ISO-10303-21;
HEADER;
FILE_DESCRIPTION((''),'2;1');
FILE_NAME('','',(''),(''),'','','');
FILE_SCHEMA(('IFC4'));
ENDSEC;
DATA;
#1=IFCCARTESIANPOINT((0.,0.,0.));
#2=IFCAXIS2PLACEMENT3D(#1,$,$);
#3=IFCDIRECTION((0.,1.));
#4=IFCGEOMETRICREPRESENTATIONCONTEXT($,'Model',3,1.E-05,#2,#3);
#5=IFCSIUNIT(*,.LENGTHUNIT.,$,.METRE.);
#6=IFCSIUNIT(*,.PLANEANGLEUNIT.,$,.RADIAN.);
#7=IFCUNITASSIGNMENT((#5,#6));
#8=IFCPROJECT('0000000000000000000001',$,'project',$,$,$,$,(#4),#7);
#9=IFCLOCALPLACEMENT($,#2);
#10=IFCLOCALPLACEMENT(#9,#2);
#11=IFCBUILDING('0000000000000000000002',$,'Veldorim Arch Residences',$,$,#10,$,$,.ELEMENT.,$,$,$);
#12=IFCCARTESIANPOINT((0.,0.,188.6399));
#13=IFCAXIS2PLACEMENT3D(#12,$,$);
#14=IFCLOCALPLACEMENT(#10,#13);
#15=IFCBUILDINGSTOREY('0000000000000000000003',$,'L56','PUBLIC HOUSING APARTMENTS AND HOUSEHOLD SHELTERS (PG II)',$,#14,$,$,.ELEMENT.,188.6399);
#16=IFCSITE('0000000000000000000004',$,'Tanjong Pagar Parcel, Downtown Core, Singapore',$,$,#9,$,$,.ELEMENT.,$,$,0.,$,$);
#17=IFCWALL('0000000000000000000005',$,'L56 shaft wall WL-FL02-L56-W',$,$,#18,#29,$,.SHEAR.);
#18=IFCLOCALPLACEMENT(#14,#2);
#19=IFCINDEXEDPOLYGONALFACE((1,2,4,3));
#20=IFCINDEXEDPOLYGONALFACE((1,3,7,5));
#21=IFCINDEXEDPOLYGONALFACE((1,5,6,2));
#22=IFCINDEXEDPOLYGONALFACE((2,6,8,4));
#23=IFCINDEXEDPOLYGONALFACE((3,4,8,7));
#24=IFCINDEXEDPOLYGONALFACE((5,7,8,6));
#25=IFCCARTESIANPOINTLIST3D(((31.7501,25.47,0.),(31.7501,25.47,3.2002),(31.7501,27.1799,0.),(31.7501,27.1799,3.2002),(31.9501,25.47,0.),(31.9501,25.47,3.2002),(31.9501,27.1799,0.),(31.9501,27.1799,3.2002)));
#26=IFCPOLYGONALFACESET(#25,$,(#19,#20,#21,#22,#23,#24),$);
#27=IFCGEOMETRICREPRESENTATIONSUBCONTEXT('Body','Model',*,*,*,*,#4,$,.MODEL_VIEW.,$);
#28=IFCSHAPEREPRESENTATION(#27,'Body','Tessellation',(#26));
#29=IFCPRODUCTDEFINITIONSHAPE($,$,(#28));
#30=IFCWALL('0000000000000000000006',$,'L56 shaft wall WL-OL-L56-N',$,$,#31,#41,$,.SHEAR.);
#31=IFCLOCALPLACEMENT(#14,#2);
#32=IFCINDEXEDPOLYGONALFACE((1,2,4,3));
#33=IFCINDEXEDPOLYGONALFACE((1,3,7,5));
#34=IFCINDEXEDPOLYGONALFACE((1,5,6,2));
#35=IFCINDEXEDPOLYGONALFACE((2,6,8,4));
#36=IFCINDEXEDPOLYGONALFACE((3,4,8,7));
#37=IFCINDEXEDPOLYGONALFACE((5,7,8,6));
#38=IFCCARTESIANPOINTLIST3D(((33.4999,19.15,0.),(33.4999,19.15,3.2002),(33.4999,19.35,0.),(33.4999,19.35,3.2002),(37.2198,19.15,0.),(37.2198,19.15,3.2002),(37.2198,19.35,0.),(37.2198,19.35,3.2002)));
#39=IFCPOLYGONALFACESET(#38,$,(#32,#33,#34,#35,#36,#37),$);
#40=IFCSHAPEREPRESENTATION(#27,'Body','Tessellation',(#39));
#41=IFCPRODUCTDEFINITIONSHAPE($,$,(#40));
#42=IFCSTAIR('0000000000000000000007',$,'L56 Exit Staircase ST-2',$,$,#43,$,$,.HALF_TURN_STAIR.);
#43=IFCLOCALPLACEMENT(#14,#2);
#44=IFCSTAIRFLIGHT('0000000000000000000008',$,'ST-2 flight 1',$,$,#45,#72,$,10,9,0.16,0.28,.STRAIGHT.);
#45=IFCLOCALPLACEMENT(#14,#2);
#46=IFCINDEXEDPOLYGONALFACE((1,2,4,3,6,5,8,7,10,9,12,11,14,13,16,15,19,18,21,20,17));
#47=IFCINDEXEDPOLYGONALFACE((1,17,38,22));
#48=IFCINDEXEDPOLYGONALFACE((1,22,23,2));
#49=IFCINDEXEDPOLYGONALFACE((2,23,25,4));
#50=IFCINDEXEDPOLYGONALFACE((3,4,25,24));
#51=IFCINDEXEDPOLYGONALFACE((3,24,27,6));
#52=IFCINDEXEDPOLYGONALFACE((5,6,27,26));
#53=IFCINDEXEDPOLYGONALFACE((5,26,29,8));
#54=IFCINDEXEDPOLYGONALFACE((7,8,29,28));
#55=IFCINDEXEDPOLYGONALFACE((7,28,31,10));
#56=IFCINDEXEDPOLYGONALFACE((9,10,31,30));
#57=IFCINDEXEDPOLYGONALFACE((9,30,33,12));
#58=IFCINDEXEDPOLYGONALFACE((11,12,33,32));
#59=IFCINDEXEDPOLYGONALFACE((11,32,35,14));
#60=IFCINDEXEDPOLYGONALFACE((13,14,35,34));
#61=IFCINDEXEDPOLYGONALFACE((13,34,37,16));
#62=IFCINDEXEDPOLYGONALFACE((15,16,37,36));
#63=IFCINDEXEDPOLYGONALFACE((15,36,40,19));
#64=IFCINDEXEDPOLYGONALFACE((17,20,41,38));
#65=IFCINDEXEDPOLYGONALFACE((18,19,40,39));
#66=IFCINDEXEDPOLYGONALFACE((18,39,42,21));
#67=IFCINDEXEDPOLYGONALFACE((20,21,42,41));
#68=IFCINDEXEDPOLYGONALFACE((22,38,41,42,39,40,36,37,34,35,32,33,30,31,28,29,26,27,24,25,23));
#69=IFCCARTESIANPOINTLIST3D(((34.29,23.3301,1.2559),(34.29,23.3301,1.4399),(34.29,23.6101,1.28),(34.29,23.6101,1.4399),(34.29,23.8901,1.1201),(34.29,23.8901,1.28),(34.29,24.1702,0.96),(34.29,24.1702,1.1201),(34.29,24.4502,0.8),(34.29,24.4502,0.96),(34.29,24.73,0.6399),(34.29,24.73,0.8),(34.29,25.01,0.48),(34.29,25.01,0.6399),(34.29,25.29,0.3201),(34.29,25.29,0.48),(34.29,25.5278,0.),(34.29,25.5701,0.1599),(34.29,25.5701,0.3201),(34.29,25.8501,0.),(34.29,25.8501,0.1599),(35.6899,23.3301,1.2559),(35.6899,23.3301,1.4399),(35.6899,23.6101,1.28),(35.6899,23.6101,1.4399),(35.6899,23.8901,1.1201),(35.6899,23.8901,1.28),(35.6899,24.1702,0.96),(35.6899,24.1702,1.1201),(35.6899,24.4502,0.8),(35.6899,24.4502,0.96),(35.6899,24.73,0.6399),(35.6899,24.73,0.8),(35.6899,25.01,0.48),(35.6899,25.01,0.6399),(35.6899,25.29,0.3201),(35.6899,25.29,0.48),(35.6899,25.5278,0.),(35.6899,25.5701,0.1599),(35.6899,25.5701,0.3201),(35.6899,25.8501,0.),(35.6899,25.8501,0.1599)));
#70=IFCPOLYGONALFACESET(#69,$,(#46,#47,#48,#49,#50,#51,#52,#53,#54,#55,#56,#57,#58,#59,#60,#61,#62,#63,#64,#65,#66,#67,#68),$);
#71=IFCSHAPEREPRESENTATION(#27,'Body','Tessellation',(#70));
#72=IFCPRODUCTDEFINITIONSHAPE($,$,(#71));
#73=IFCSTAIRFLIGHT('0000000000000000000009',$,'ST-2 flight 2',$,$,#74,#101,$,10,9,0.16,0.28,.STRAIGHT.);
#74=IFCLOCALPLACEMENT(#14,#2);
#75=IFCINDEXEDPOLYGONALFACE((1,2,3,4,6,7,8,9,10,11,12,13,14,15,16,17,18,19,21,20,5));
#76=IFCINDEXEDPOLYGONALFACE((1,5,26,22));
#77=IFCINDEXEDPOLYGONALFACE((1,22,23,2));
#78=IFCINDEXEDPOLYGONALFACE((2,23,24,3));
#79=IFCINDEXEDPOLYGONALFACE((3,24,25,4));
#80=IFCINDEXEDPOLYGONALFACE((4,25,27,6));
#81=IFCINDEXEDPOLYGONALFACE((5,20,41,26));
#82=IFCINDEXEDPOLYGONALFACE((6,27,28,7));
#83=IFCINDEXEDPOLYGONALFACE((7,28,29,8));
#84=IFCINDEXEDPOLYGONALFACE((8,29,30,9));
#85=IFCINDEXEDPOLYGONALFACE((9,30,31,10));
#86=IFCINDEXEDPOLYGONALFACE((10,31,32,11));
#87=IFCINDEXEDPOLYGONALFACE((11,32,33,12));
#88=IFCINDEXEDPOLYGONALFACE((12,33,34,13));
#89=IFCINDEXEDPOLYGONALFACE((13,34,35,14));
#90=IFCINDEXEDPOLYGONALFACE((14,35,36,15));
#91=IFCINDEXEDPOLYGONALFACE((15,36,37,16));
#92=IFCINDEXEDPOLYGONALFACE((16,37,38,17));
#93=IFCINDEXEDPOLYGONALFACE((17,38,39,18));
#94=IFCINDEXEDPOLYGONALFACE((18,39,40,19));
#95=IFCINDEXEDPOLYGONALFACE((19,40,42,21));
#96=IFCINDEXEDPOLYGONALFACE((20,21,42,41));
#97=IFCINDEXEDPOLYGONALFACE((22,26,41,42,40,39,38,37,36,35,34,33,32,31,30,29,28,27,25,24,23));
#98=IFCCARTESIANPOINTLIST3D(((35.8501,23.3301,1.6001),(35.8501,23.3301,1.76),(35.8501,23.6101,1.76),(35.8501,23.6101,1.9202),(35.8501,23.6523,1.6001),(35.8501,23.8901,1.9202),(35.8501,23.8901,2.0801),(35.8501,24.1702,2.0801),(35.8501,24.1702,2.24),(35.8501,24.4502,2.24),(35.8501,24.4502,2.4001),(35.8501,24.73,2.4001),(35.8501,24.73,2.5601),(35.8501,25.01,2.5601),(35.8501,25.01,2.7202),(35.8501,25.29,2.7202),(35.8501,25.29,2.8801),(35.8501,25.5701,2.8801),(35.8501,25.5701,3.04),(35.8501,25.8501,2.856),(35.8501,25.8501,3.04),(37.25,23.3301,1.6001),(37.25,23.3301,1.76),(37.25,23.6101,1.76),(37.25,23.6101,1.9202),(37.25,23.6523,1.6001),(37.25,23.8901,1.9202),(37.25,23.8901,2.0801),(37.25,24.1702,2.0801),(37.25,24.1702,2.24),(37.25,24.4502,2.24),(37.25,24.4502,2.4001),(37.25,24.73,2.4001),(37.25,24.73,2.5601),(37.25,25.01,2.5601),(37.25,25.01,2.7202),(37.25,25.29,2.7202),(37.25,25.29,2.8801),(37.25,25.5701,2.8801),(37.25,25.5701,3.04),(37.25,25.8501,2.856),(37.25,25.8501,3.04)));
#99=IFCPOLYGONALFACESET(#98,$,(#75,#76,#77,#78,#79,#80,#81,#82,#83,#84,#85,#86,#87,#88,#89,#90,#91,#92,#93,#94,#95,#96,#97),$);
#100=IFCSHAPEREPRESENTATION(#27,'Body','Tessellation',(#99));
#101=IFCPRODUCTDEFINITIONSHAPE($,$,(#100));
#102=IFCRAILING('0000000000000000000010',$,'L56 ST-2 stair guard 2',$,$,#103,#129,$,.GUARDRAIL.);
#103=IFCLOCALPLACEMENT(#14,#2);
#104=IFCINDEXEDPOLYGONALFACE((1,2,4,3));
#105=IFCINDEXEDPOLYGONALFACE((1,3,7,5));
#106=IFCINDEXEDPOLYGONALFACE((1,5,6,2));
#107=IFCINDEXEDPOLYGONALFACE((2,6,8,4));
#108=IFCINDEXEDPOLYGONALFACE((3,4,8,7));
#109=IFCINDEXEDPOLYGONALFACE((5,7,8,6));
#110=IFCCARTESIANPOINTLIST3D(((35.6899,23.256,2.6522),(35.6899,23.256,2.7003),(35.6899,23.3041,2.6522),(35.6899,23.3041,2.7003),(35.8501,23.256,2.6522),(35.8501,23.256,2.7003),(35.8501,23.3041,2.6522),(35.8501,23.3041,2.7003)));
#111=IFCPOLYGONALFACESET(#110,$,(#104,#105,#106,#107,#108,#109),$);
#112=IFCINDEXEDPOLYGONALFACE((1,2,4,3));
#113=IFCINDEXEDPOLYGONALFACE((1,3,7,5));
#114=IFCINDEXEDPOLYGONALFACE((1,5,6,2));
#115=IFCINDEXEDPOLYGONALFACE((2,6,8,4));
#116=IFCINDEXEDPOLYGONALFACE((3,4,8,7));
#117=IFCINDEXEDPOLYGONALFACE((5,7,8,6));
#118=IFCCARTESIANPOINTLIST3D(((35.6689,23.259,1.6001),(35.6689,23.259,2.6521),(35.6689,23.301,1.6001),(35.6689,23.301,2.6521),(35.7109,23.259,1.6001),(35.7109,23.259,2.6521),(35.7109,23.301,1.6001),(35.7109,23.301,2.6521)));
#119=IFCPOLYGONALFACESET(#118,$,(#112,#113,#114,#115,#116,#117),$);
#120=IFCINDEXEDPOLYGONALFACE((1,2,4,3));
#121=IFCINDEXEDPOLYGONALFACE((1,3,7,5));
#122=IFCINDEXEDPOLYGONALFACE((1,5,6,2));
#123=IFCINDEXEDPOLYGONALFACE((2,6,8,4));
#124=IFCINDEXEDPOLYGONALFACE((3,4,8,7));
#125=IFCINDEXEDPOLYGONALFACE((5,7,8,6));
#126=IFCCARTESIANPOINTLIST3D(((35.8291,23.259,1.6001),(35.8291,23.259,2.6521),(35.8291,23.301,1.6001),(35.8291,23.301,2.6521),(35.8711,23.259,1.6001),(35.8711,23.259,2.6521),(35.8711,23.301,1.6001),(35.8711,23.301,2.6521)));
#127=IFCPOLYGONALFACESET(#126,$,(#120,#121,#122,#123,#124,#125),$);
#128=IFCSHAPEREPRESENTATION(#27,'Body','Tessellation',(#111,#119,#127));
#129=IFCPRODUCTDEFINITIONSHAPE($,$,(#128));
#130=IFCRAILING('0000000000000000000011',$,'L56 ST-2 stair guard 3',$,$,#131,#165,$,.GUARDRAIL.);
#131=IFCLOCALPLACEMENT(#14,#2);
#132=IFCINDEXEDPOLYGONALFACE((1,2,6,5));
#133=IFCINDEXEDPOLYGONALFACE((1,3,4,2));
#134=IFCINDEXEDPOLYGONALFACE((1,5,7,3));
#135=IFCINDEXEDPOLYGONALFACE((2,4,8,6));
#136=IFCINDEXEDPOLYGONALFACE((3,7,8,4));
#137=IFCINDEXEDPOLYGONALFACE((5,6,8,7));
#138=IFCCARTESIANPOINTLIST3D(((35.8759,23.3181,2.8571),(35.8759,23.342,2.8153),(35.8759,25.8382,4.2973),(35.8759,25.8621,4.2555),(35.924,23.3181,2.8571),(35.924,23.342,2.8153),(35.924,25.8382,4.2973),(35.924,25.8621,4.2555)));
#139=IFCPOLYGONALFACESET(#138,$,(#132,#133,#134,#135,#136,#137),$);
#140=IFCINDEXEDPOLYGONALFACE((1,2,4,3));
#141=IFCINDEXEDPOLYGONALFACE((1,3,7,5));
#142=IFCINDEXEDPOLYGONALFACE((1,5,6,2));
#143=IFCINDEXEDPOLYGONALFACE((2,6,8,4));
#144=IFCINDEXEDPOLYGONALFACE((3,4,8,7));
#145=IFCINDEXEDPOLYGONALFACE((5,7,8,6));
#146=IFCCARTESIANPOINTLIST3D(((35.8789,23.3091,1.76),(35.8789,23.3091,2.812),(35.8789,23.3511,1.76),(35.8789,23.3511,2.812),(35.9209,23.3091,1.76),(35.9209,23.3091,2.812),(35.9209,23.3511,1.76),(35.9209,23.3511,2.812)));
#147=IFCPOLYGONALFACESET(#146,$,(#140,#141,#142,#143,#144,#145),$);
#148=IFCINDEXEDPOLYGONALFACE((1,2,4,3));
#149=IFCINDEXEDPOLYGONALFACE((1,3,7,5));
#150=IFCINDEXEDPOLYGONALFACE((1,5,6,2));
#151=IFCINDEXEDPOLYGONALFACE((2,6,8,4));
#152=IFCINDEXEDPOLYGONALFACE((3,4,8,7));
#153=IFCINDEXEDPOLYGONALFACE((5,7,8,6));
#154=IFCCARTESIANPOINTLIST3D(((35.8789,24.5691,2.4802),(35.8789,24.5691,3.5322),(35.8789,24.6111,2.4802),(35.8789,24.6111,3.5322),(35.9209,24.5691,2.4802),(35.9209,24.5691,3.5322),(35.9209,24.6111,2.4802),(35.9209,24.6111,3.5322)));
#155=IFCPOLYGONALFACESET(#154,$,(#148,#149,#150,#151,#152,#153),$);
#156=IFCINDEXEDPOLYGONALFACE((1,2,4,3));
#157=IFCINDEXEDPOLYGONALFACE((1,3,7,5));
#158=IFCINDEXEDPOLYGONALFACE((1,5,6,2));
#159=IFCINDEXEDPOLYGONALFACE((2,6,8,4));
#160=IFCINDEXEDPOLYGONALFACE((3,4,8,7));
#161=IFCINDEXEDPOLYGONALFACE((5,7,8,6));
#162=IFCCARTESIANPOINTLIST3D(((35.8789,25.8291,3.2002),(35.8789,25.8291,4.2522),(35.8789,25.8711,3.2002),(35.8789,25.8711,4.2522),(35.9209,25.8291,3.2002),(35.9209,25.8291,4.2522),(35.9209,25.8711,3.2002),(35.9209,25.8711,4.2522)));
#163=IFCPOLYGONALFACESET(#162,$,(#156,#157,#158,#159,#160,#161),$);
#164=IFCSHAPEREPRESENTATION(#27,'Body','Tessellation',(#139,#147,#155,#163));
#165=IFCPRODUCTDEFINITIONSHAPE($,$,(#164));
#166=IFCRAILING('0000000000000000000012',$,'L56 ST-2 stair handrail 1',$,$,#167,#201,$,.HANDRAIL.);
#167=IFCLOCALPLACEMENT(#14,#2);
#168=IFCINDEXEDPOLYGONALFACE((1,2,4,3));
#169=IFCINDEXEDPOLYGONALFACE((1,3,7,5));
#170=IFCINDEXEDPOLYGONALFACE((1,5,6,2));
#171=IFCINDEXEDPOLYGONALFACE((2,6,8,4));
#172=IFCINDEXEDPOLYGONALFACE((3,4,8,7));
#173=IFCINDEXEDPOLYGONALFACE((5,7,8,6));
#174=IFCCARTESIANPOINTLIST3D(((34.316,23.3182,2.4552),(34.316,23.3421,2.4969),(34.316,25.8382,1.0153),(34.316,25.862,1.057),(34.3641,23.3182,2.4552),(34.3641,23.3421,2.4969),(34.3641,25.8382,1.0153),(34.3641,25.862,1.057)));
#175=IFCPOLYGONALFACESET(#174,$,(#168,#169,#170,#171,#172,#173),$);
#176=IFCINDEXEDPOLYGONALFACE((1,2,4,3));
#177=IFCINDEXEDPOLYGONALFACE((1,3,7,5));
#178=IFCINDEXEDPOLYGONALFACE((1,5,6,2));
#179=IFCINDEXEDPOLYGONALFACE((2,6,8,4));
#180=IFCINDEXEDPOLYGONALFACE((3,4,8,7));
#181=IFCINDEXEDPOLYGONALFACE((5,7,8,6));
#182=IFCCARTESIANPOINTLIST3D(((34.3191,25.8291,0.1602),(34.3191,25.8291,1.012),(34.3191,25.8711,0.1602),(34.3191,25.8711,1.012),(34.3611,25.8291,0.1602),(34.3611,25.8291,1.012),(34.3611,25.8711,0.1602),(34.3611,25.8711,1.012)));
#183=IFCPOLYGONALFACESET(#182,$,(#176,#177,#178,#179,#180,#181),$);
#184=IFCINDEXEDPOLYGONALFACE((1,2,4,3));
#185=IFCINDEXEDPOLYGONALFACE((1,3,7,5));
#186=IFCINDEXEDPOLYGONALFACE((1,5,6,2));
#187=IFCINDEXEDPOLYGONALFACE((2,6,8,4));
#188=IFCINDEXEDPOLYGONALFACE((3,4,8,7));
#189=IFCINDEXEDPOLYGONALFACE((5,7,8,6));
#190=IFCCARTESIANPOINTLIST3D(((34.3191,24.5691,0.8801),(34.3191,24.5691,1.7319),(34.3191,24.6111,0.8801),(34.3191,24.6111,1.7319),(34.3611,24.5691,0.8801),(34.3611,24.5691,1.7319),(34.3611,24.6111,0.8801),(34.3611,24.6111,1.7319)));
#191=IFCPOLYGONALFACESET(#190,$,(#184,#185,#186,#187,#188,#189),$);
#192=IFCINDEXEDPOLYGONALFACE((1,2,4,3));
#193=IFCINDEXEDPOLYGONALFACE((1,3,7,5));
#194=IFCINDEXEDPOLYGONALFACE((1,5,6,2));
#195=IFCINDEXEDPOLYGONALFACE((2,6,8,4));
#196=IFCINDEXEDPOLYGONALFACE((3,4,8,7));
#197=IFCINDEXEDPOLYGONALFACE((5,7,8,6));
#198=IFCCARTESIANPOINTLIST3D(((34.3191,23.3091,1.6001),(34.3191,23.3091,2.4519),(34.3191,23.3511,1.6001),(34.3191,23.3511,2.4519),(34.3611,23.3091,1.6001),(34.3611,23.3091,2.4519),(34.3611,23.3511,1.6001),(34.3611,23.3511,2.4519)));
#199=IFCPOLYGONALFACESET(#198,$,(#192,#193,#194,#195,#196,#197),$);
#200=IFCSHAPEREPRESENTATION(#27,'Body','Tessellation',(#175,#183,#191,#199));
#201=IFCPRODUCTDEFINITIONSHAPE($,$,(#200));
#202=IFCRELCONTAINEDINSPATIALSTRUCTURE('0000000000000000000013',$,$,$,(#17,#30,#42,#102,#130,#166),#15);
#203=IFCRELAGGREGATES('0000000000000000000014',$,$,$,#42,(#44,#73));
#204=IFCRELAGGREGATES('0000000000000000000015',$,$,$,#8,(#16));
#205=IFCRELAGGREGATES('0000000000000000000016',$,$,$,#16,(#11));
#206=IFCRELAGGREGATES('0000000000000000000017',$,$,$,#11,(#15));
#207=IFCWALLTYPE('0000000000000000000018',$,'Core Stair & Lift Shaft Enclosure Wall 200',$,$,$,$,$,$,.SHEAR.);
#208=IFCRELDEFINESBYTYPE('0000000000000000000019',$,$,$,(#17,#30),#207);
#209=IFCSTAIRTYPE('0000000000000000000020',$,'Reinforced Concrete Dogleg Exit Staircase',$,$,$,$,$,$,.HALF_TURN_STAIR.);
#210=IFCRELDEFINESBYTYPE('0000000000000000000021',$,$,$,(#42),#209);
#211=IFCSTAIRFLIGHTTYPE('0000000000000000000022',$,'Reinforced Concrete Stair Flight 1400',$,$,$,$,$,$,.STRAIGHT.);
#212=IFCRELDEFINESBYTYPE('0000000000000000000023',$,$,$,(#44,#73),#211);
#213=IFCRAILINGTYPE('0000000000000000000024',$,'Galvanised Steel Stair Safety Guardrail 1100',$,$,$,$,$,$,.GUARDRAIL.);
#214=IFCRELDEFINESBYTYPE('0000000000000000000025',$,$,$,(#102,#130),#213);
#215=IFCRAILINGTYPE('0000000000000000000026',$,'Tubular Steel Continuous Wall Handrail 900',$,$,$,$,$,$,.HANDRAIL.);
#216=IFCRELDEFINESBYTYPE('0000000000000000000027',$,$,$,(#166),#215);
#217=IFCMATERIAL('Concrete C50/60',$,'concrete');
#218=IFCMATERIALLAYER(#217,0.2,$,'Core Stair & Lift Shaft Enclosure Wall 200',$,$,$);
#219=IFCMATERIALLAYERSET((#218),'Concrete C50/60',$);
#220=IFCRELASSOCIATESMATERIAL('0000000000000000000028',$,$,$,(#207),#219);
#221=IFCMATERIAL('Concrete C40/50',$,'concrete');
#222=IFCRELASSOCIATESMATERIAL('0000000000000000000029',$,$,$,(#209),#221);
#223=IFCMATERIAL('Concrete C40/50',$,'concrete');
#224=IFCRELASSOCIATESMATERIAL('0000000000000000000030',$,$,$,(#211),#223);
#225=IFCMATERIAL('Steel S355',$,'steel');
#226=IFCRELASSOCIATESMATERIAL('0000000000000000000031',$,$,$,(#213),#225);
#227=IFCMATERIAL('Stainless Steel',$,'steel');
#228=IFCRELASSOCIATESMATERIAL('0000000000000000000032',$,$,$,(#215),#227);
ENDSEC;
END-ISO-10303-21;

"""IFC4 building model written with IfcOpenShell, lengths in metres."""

from ifc_helpers import new_model, si_unit, direction, frame, frame_2d, origin, origin_2d, place, context, subcontext, project, spatial, polyline, rectangle, outline, extrude, material, layer, layer_set, type_object, element, aggregate, save


model = new_model("IFC4")

# Units and contexts
model_context = context("Model", 3, precision=1e-05, world=origin(), true_north=direction((0.0, 1.0)))
body_context = subcontext(model_context, "Body", "Model", "MODEL_VIEW")
ifc_project = project(units=[si_unit("LENGTHUNIT", "METRE"), si_unit("PLANEANGLEUNIT", "RADIAN")], contexts=[model_context])

# Site, building, storey
site_placement = place(None, origin())
site = spatial("IfcSite", under=ifc_project, at=site_placement, Name="Tanjong Pagar Parcel, Downtown Core, Singapore", CompositionType="ELEMENT", RefElevation=0.0)
building_placement = place(site_placement, origin())
building = spatial("IfcBuilding", under=site, at=building_placement, Name="Veldorim Arch Residences", CompositionType="ELEMENT")
storey_placement = place(building_placement, frame((0.0, 0.0, 188.6399)))
storey = spatial("IfcBuildingStorey", under=building, at=storey_placement, Name="L56", Description="PUBLIC HOUSING APARTMENTS AND HOUSEHOLD SHELTERS (PG II)", CompositionType="ELEMENT", Elevation=188.6399)

# Walls
ifc_material_1 = material(Name="Concrete C50/60", Category="concrete")
ifc_layer_1 = layer(ifc_material_1, 0.2, Name="Core Stair & Lift Shaft Enclosure Wall 200")
ifc_layer_set_1 = layer_set([ifc_layer_1], Name="Concrete C50/60")
wall_type_1 = type_object("IfcWallType", Name="Core Stair & Lift Shaft Enclosure Wall 200", PredefinedType="SHEAR", material=ifc_layer_set_1)
wall_1_placement = place(storey_placement, frame((31.8501, 25.47, 0.0), z_axis=(0.0, 0.0, 1.0), x_axis=(0.0, 1.0, 0.0)))
element("IfcWall", 1, at=wall_1_placement, inside=storey, type_object=wall_type_1, Name="L56 shaft wall WL-FL02-L56-W", PredefinedType="SHEAR", context=body_context, shape_type="SweptSolid", body=[
    extrude(rectangle(XDim=1.71, YDim=0.2, at=frame_2d((0.855, 0.0))), origin(), (0.0, 0.0, 1.0), 3.2002),
])
wall_2_placement = place(storey_placement, frame((33.5, 19.25, 0.0), z_axis=(0.0, 0.0, 1.0), x_axis=(1.0, 0.0, 0.0)))
element("IfcWall", 2, at=wall_2_placement, inside=storey, type_object=wall_type_1, Name="L56 shaft wall WL-OL-L56-N", PredefinedType="SHEAR", context=body_context, shape_type="SweptSolid", body=[
    extrude(rectangle(XDim=3.72, YDim=0.2, at=frame_2d((1.8599, 0.0))), origin(), (0.0, 0.0, 1.0), 3.2002),
])

# Stair, stair flights
ifc_material_2 = material(Name="Concrete C40/50", Category="concrete")
stair_type = type_object("IfcStairType", Name="Reinforced Concrete Dogleg Exit Staircase", PredefinedType="HALF_TURN_STAIR", material=ifc_material_2)
stair_placement = place(storey_placement, origin())
stair = element("IfcStair", 3, at=stair_placement, inside=storey, type_object=stair_type, Name="L56 Exit Staircase ST-2", PredefinedType="HALF_TURN_STAIR")
ifc_material_3 = material(Name="Concrete C40/50", Category="concrete")
stair_flight_type = type_object("IfcStairFlightType", Name="Reinforced Concrete Stair Flight 1400", PredefinedType="STRAIGHT", material=ifc_material_3)
stair_flight_1_placement = place(storey_placement, frame((34.99, 25.8501, 0.0), z_axis=(0.0, 0.0, 1.0), x_axis=(0.0, -1.0, 0.0)))
stair_flight_1 = element("IfcStairFlight", 4, at=stair_flight_1_placement, type_object=stair_flight_type, Name="ST-2 flight 1", NumberOfRisers=10, NumberOfTreads=9, PredefinedType="STRAIGHT", RiserHeight=0.16, TreadLength=0.28, context=body_context, shape_type="SweptSolid", body=[
    extrude(outline(polyline([(0.0, 0.0), (0.0, 0.1599), (0.28, 0.1599), (0.28, 0.3201), (0.5601, 0.3201), (0.5601, 0.48), (0.8401, 0.48), (0.8401, 0.6399), (1.1201, 0.6399), (1.1201, 0.8), (1.3999, 0.8), (1.3999, 0.96), (1.6799, 0.96), (1.6799, 1.1201), (1.96, 1.1201), (1.96, 1.28), (2.24, 1.28), (2.24, 1.4399), (2.52, 1.4399), (2.52, 1.6001), (2.52, 1.2559), (0.3223, 0.0), (0.0, 0.0)])), frame((0.0, 0.7, 0.0), z_axis=(0.0, -1.0, 0.0), x_axis=(1.0, 0.0, 0.0)), (0.0, 0.0, 1.0), 1.3999),
])
stair_flight_2_placement = place(storey_placement, frame((36.55, 23.3301, 1.6001), z_axis=(0.0, 0.0, 1.0), x_axis=(0.0, 1.0, 0.0)))
stair_flight_2 = element("IfcStairFlight", 5, at=stair_flight_2_placement, type_object=stair_flight_type, Name="ST-2 flight 2", NumberOfRisers=10, NumberOfTreads=9, PredefinedType="STRAIGHT", RiserHeight=0.16, TreadLength=0.28, context=body_context, shape_type="SweptSolid", body=[
    extrude(outline(polyline([(0.0, 0.0), (0.0, 0.1599), (0.28, 0.1599), (0.28, 0.3201), (0.5601, 0.3201), (0.5601, 0.48), (0.8401, 0.48), (0.8401, 0.6399), (1.1201, 0.6399), (1.1201, 0.8), (1.3999, 0.8), (1.3999, 0.96), (1.6799, 0.96), (1.6799, 1.1201), (1.96, 1.1201), (1.96, 1.28), (2.24, 1.28), (2.24, 1.4399), (2.52, 1.4399), (2.52, 1.6001), (2.52, 1.2559), (0.3223, 0.0), (0.0, 0.0)])), frame((0.0, 0.7, 0.0), z_axis=(0.0, -1.0, 0.0), x_axis=(1.0, 0.0, 0.0)), (0.0, 0.0, 1.0), 1.3999),
])
aggregate(stair, [stair_flight_1, stair_flight_2])

# Railings
ifc_material_4 = material(Name="Steel S355", Category="steel")
railing_type_1 = type_object("IfcRailingType", Name="Galvanised Steel Stair Safety Guardrail 1100", PredefinedType="GUARDRAIL", material=ifc_material_4)
railing_1_placement = place(storey_placement, frame((35.6899, 23.28, 1.6001)))
element("IfcRailing", 6, at=railing_1_placement, inside=storey, type_object=railing_type_1, Name="L56 ST-2 stair guard 2", PredefinedType="GUARDRAIL", context=body_context, shape_type="SweptSolid", body=[
    extrude(rectangle(XDim=0.0481, YDim=0.0481, at=origin_2d()), frame((0.0, 0.0, 1.0762), z_axis=(1.0, 0.0, 0.0), x_axis=(0.0, 1.0, 0.0)), (0.0, 0.0, 1.0), 0.1602),
    extrude(rectangle(XDim=0.042, YDim=0.042, at=origin_2d()), origin(), (0.0, 0.0, 1.0), 1.052),
    extrude(rectangle(XDim=0.042, YDim=0.042, at=origin_2d()), frame((0.1602, 0.0, 0.0)), (0.0, 0.0, 1.0), 1.052),
])
railing_2_placement = place(storey_placement, frame((35.8999, 23.3301, 1.76)))
element("IfcRailing", 7, at=railing_2_placement, inside=storey, type_object=railing_type_1, Name="L56 ST-2 stair guard 3", PredefinedType="GUARDRAIL", context=body_context, shape_type="SweptSolid", body=[
    extrude(rectangle(XDim=0.0481, YDim=0.0481, at=origin_2d()), frame((0.0, 0.0, 1.0762), z_axis=(0.0, 0.868217, 0.496184), x_axis=(-1.0, 0.0, 0.0)), (0.0, 0.0, 1.0), 2.9026),
    extrude(rectangle(XDim=0.042, YDim=0.042, at=origin_2d()), origin(), (0.0, 0.0, 1.0), 1.052),
    extrude(rectangle(XDim=0.042, YDim=0.042, at=origin_2d()), frame((0.0, 1.26, 0.7202)), (0.0, 0.0, 1.0), 1.052),
    extrude(rectangle(XDim=0.042, YDim=0.042, at=origin_2d()), frame((0.0, 2.52, 1.4402)), (0.0, 0.0, 1.0), 1.052),
])
ifc_material_5 = material(Name="Stainless Steel", Category="steel")
railing_type_2 = type_object("IfcRailingType", Name="Tubular Steel Continuous Wall Handrail 900", PredefinedType="HANDRAIL", material=ifc_material_5)
railing_3_placement = place(storey_placement, frame((34.3401, 25.8501, 0.1602)))
element("IfcRailing", 8, at=railing_3_placement, inside=storey, type_object=railing_type_2, Name="L56 ST-2 stair handrail 1", PredefinedType="HANDRAIL", context=body_context, shape_type="SweptSolid", body=[
    extrude(rectangle(XDim=0.0481, YDim=0.0481, at=origin_2d()), frame((0.0, 0.0, 0.876), z_axis=(0.0, -0.868253, 0.496121), x_axis=(1.0, 0.0, 0.0)), (0.0, 0.0, 1.0), 2.9023),
    extrude(rectangle(XDim=0.042, YDim=0.042, at=origin_2d()), origin(), (0.0, 0.0, 1.0), 0.8518),
    extrude(rectangle(XDim=0.042, YDim=0.042, at=origin_2d()), frame((0.0, -1.26, 0.72)), (0.0, 0.0, 1.0), 0.8518),
    extrude(rectangle(XDim=0.042, YDim=0.042, at=origin_2d()), frame((0.0, -2.52, 1.4399)), (0.0, 0.0, 1.0), 0.8518),
])

save(model, "model.ifc")
